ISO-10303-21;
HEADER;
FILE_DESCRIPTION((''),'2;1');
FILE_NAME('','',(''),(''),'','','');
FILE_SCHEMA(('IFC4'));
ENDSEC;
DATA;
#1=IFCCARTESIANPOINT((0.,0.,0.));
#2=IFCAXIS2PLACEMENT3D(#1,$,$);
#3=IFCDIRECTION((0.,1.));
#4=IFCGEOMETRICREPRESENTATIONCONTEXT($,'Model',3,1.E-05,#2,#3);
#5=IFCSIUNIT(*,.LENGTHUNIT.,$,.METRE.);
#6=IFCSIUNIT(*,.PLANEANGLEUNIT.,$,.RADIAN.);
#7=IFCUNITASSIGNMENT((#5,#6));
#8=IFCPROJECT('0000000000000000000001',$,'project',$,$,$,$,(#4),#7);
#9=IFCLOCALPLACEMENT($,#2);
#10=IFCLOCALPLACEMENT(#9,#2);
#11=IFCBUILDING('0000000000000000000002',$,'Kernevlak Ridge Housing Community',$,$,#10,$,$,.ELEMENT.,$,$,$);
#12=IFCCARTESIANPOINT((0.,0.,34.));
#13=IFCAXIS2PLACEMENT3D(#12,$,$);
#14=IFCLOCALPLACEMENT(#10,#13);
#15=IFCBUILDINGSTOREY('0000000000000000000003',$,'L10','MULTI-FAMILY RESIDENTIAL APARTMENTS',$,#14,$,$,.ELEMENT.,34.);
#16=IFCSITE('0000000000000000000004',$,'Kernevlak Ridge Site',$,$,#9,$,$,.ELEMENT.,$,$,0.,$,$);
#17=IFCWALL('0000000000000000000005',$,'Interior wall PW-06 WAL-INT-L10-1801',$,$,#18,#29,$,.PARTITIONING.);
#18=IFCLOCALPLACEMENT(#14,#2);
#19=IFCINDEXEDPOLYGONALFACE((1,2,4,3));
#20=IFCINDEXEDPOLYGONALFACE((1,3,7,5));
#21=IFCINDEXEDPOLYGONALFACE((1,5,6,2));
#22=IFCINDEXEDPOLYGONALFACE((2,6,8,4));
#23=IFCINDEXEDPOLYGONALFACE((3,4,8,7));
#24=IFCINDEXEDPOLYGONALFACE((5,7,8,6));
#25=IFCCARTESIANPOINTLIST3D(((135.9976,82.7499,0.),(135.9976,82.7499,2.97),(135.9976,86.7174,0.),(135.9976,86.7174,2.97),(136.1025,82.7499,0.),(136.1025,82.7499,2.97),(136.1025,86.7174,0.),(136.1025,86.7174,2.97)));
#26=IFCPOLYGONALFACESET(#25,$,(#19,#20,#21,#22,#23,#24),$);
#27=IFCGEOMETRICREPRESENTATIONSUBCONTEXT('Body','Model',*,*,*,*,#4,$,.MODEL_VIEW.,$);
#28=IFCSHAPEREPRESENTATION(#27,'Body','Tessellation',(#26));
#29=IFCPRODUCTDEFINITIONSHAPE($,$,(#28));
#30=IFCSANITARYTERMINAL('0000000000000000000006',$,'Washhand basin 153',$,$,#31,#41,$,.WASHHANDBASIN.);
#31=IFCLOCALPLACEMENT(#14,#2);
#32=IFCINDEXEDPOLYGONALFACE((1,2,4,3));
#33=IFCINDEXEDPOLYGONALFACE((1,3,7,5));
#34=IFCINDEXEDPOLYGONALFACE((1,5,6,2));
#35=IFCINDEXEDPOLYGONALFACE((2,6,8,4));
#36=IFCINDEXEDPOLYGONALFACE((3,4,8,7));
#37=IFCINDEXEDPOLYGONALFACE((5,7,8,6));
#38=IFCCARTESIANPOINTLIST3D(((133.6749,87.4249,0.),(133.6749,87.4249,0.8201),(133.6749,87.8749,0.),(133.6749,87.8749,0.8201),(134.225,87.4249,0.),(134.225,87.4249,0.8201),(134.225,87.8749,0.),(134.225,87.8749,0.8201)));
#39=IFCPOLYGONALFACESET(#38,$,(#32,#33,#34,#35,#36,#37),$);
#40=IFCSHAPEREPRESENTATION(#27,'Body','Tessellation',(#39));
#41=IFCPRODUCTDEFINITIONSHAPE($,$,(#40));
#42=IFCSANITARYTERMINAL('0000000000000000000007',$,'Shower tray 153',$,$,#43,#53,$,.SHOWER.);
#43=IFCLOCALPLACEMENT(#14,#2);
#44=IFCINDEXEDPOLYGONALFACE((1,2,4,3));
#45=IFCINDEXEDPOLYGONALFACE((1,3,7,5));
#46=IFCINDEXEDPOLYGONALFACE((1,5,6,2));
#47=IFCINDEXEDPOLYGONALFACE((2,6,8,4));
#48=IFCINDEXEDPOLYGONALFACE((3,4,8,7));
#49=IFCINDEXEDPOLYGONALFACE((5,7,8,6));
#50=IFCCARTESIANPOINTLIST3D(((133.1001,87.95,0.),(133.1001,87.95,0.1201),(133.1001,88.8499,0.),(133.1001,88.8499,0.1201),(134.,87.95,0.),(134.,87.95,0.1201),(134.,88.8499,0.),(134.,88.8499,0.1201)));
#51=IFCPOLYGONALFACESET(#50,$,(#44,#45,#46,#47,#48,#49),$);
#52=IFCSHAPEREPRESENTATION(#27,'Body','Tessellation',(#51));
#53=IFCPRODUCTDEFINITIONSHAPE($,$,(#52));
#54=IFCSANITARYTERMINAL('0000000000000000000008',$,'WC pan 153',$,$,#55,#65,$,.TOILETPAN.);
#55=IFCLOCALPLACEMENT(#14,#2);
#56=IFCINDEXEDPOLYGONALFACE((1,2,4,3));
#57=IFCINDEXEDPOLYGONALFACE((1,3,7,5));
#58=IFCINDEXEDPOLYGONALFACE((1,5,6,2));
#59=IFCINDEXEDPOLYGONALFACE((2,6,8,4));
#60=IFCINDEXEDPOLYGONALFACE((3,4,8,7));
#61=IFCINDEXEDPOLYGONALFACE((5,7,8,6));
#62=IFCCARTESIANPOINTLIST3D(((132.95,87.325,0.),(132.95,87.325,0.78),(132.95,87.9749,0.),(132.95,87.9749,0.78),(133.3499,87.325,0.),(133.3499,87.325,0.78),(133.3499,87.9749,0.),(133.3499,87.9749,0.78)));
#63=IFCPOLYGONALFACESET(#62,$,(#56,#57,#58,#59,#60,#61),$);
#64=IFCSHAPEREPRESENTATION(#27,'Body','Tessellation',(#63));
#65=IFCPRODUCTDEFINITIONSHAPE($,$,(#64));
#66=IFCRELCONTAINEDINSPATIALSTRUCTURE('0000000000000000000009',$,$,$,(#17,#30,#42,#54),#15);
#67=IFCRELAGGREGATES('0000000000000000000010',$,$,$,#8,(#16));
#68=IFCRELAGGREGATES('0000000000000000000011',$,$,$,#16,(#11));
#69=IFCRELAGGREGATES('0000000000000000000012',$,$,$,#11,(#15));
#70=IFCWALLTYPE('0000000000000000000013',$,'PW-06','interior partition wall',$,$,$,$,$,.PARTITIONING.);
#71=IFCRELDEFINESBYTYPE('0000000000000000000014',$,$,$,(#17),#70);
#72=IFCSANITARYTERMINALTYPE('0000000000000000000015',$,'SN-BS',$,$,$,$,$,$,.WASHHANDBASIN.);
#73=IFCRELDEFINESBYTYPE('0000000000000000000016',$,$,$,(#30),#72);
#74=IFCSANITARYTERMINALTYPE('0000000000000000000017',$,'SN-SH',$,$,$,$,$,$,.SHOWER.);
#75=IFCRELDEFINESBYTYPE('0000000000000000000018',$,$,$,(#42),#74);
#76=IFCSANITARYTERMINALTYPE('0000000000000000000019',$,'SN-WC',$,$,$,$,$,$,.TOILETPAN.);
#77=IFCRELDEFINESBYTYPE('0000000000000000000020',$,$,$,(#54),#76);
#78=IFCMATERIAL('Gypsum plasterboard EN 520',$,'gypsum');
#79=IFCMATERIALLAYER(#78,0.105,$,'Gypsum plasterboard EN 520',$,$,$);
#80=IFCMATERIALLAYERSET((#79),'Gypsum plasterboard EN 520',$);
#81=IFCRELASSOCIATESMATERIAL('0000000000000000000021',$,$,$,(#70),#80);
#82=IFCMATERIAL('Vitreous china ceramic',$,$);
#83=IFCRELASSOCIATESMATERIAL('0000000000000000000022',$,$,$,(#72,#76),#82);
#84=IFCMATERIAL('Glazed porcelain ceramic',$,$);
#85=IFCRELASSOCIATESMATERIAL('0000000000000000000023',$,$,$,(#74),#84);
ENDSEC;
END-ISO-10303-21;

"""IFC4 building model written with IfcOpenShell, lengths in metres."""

from ifc_helpers import new_model, si_unit, direction, frame, frame_2d, origin, origin_2d, place, context, subcontext, project, spatial, rectangle, extrude, material, layer, layer_set, type_object, element, save


model = new_model("IFC4")

# Units and contexts
model_context = context("Model", 3, precision=1e-05, world=origin(), true_north=direction((0.0, 1.0)))
body_context = subcontext(model_context, "Body", "Model", "MODEL_VIEW")
ifc_project = project(units=[si_unit("LENGTHUNIT", "METRE"), si_unit("PLANEANGLEUNIT", "RADIAN")], contexts=[model_context])

# Site, building, storey
site_placement = place(None, origin())
site = spatial("IfcSite", under=ifc_project, at=site_placement, Name="Kernevlak Ridge Site", CompositionType="ELEMENT", RefElevation=0.0)
building_placement = place(site_placement, origin())
building = spatial("IfcBuilding", under=site, at=building_placement, Name="Kernevlak Ridge Housing Community", CompositionType="ELEMENT")
storey_placement = place(building_placement, frame((0.0, 0.0, 34.0)))
storey = spatial("IfcBuildingStorey", under=building, at=storey_placement, Name="L10", Description="MULTI-FAMILY RESIDENTIAL APARTMENTS", CompositionType="ELEMENT", Elevation=34.0)

# Shared definitions
ifc_material_1 = material(Name="Gypsum plasterboard EN 520", Category="gypsum")

# Wall
ifc_layer_1 = layer(ifc_material_1, 0.105, Name="Gypsum plasterboard EN 520")
ifc_layer_set_1 = layer_set([ifc_layer_1], Name="Gypsum plasterboard EN 520")
wall_type_1 = type_object("IfcWallType", Name="PW-06", Description="interior partition wall", PredefinedType="PARTITIONING", material=ifc_layer_set_1)
wall_1_placement = place(storey_placement, frame((136.05, 86.7175, 0.0), z_axis=(0.0, 0.0, 1.0), x_axis=(0.0, -1.0, 0.0)))
element("IfcWall", 1, at=wall_1_placement, inside=storey, type_object=wall_type_1, Name="Interior wall PW-06 WAL-INT-L10-1801", PredefinedType="PARTITIONING", context=body_context, shape_type="SweptSolid", body=[
    extrude(rectangle(XDim=3.9675, YDim=0.105, at=frame_2d((1.9839, 0.0))), origin(), (0.0, 0.0, 1.0), 2.97),
])

# Sanitary terminals
ifc_material_2 = material(Name="Vitreous china ceramic")
sanitary_terminal_type_1 = type_object("IfcSanitaryTerminalType", Name="SN-BS", PredefinedType="WASHHANDBASIN", material=ifc_material_2)
sanitary_terminal_1_placement = place(storey_placement, frame((133.95, 87.6499, 0.0), z_axis=(0.0, 0.0, 1.0), x_axis=(1.0, 0.0, 0.0)))
element("IfcSanitaryTerminal", 2, at=sanitary_terminal_1_placement, inside=storey, type_object=sanitary_terminal_type_1, Name="Washhand basin 153", PredefinedType="WASHHANDBASIN", context=body_context, shape_type="SweptSolid", body=[
    extrude(rectangle(XDim=0.55, YDim=0.45, at=origin_2d()), origin(), (0.0, 0.0, 1.0), 0.8201),
])
ifc_material_3 = material(Name="Glazed porcelain ceramic")
sanitary_terminal_type_2 = type_object("IfcSanitaryTerminalType", Name="SN-SH", PredefinedType="SHOWER", material=ifc_material_3)
sanitary_terminal_2_placement = place(storey_placement, frame((133.55, 88.3999, 0.0), z_axis=(0.0, 0.0, 1.0), x_axis=(1.0, 0.0, 0.0)))
element("IfcSanitaryTerminal", 3, at=sanitary_terminal_2_placement, inside=storey, type_object=sanitary_terminal_type_2, Name="Shower tray 153", PredefinedType="SHOWER", context=body_context, shape_type="SweptSolid", body=[
    extrude(rectangle(XDim=0.8999, YDim=0.8999, at=origin_2d()), origin(), (0.0, 0.0, 1.0), 0.1201),
])
sanitary_terminal_type_3 = type_object("IfcSanitaryTerminalType", Name="SN-WC", PredefinedType="TOILETPAN", material=ifc_material_2)
sanitary_terminal_3_placement = place(storey_placement, frame((133.1499, 87.6499, 0.0), z_axis=(0.0, 0.0, 1.0), x_axis=(1.0, 0.0, 0.0)))
element("IfcSanitaryTerminal", 4, at=sanitary_terminal_3_placement, inside=storey, type_object=sanitary_terminal_type_3, Name="WC pan 153", PredefinedType="TOILETPAN", context=body_context, shape_type="SweptSolid", body=[
    extrude(rectangle(XDim=0.3999, YDim=0.6499, at=origin_2d()), origin(), (0.0, 0.0, 1.0), 0.78),
])

save(model, "model.ifc")
